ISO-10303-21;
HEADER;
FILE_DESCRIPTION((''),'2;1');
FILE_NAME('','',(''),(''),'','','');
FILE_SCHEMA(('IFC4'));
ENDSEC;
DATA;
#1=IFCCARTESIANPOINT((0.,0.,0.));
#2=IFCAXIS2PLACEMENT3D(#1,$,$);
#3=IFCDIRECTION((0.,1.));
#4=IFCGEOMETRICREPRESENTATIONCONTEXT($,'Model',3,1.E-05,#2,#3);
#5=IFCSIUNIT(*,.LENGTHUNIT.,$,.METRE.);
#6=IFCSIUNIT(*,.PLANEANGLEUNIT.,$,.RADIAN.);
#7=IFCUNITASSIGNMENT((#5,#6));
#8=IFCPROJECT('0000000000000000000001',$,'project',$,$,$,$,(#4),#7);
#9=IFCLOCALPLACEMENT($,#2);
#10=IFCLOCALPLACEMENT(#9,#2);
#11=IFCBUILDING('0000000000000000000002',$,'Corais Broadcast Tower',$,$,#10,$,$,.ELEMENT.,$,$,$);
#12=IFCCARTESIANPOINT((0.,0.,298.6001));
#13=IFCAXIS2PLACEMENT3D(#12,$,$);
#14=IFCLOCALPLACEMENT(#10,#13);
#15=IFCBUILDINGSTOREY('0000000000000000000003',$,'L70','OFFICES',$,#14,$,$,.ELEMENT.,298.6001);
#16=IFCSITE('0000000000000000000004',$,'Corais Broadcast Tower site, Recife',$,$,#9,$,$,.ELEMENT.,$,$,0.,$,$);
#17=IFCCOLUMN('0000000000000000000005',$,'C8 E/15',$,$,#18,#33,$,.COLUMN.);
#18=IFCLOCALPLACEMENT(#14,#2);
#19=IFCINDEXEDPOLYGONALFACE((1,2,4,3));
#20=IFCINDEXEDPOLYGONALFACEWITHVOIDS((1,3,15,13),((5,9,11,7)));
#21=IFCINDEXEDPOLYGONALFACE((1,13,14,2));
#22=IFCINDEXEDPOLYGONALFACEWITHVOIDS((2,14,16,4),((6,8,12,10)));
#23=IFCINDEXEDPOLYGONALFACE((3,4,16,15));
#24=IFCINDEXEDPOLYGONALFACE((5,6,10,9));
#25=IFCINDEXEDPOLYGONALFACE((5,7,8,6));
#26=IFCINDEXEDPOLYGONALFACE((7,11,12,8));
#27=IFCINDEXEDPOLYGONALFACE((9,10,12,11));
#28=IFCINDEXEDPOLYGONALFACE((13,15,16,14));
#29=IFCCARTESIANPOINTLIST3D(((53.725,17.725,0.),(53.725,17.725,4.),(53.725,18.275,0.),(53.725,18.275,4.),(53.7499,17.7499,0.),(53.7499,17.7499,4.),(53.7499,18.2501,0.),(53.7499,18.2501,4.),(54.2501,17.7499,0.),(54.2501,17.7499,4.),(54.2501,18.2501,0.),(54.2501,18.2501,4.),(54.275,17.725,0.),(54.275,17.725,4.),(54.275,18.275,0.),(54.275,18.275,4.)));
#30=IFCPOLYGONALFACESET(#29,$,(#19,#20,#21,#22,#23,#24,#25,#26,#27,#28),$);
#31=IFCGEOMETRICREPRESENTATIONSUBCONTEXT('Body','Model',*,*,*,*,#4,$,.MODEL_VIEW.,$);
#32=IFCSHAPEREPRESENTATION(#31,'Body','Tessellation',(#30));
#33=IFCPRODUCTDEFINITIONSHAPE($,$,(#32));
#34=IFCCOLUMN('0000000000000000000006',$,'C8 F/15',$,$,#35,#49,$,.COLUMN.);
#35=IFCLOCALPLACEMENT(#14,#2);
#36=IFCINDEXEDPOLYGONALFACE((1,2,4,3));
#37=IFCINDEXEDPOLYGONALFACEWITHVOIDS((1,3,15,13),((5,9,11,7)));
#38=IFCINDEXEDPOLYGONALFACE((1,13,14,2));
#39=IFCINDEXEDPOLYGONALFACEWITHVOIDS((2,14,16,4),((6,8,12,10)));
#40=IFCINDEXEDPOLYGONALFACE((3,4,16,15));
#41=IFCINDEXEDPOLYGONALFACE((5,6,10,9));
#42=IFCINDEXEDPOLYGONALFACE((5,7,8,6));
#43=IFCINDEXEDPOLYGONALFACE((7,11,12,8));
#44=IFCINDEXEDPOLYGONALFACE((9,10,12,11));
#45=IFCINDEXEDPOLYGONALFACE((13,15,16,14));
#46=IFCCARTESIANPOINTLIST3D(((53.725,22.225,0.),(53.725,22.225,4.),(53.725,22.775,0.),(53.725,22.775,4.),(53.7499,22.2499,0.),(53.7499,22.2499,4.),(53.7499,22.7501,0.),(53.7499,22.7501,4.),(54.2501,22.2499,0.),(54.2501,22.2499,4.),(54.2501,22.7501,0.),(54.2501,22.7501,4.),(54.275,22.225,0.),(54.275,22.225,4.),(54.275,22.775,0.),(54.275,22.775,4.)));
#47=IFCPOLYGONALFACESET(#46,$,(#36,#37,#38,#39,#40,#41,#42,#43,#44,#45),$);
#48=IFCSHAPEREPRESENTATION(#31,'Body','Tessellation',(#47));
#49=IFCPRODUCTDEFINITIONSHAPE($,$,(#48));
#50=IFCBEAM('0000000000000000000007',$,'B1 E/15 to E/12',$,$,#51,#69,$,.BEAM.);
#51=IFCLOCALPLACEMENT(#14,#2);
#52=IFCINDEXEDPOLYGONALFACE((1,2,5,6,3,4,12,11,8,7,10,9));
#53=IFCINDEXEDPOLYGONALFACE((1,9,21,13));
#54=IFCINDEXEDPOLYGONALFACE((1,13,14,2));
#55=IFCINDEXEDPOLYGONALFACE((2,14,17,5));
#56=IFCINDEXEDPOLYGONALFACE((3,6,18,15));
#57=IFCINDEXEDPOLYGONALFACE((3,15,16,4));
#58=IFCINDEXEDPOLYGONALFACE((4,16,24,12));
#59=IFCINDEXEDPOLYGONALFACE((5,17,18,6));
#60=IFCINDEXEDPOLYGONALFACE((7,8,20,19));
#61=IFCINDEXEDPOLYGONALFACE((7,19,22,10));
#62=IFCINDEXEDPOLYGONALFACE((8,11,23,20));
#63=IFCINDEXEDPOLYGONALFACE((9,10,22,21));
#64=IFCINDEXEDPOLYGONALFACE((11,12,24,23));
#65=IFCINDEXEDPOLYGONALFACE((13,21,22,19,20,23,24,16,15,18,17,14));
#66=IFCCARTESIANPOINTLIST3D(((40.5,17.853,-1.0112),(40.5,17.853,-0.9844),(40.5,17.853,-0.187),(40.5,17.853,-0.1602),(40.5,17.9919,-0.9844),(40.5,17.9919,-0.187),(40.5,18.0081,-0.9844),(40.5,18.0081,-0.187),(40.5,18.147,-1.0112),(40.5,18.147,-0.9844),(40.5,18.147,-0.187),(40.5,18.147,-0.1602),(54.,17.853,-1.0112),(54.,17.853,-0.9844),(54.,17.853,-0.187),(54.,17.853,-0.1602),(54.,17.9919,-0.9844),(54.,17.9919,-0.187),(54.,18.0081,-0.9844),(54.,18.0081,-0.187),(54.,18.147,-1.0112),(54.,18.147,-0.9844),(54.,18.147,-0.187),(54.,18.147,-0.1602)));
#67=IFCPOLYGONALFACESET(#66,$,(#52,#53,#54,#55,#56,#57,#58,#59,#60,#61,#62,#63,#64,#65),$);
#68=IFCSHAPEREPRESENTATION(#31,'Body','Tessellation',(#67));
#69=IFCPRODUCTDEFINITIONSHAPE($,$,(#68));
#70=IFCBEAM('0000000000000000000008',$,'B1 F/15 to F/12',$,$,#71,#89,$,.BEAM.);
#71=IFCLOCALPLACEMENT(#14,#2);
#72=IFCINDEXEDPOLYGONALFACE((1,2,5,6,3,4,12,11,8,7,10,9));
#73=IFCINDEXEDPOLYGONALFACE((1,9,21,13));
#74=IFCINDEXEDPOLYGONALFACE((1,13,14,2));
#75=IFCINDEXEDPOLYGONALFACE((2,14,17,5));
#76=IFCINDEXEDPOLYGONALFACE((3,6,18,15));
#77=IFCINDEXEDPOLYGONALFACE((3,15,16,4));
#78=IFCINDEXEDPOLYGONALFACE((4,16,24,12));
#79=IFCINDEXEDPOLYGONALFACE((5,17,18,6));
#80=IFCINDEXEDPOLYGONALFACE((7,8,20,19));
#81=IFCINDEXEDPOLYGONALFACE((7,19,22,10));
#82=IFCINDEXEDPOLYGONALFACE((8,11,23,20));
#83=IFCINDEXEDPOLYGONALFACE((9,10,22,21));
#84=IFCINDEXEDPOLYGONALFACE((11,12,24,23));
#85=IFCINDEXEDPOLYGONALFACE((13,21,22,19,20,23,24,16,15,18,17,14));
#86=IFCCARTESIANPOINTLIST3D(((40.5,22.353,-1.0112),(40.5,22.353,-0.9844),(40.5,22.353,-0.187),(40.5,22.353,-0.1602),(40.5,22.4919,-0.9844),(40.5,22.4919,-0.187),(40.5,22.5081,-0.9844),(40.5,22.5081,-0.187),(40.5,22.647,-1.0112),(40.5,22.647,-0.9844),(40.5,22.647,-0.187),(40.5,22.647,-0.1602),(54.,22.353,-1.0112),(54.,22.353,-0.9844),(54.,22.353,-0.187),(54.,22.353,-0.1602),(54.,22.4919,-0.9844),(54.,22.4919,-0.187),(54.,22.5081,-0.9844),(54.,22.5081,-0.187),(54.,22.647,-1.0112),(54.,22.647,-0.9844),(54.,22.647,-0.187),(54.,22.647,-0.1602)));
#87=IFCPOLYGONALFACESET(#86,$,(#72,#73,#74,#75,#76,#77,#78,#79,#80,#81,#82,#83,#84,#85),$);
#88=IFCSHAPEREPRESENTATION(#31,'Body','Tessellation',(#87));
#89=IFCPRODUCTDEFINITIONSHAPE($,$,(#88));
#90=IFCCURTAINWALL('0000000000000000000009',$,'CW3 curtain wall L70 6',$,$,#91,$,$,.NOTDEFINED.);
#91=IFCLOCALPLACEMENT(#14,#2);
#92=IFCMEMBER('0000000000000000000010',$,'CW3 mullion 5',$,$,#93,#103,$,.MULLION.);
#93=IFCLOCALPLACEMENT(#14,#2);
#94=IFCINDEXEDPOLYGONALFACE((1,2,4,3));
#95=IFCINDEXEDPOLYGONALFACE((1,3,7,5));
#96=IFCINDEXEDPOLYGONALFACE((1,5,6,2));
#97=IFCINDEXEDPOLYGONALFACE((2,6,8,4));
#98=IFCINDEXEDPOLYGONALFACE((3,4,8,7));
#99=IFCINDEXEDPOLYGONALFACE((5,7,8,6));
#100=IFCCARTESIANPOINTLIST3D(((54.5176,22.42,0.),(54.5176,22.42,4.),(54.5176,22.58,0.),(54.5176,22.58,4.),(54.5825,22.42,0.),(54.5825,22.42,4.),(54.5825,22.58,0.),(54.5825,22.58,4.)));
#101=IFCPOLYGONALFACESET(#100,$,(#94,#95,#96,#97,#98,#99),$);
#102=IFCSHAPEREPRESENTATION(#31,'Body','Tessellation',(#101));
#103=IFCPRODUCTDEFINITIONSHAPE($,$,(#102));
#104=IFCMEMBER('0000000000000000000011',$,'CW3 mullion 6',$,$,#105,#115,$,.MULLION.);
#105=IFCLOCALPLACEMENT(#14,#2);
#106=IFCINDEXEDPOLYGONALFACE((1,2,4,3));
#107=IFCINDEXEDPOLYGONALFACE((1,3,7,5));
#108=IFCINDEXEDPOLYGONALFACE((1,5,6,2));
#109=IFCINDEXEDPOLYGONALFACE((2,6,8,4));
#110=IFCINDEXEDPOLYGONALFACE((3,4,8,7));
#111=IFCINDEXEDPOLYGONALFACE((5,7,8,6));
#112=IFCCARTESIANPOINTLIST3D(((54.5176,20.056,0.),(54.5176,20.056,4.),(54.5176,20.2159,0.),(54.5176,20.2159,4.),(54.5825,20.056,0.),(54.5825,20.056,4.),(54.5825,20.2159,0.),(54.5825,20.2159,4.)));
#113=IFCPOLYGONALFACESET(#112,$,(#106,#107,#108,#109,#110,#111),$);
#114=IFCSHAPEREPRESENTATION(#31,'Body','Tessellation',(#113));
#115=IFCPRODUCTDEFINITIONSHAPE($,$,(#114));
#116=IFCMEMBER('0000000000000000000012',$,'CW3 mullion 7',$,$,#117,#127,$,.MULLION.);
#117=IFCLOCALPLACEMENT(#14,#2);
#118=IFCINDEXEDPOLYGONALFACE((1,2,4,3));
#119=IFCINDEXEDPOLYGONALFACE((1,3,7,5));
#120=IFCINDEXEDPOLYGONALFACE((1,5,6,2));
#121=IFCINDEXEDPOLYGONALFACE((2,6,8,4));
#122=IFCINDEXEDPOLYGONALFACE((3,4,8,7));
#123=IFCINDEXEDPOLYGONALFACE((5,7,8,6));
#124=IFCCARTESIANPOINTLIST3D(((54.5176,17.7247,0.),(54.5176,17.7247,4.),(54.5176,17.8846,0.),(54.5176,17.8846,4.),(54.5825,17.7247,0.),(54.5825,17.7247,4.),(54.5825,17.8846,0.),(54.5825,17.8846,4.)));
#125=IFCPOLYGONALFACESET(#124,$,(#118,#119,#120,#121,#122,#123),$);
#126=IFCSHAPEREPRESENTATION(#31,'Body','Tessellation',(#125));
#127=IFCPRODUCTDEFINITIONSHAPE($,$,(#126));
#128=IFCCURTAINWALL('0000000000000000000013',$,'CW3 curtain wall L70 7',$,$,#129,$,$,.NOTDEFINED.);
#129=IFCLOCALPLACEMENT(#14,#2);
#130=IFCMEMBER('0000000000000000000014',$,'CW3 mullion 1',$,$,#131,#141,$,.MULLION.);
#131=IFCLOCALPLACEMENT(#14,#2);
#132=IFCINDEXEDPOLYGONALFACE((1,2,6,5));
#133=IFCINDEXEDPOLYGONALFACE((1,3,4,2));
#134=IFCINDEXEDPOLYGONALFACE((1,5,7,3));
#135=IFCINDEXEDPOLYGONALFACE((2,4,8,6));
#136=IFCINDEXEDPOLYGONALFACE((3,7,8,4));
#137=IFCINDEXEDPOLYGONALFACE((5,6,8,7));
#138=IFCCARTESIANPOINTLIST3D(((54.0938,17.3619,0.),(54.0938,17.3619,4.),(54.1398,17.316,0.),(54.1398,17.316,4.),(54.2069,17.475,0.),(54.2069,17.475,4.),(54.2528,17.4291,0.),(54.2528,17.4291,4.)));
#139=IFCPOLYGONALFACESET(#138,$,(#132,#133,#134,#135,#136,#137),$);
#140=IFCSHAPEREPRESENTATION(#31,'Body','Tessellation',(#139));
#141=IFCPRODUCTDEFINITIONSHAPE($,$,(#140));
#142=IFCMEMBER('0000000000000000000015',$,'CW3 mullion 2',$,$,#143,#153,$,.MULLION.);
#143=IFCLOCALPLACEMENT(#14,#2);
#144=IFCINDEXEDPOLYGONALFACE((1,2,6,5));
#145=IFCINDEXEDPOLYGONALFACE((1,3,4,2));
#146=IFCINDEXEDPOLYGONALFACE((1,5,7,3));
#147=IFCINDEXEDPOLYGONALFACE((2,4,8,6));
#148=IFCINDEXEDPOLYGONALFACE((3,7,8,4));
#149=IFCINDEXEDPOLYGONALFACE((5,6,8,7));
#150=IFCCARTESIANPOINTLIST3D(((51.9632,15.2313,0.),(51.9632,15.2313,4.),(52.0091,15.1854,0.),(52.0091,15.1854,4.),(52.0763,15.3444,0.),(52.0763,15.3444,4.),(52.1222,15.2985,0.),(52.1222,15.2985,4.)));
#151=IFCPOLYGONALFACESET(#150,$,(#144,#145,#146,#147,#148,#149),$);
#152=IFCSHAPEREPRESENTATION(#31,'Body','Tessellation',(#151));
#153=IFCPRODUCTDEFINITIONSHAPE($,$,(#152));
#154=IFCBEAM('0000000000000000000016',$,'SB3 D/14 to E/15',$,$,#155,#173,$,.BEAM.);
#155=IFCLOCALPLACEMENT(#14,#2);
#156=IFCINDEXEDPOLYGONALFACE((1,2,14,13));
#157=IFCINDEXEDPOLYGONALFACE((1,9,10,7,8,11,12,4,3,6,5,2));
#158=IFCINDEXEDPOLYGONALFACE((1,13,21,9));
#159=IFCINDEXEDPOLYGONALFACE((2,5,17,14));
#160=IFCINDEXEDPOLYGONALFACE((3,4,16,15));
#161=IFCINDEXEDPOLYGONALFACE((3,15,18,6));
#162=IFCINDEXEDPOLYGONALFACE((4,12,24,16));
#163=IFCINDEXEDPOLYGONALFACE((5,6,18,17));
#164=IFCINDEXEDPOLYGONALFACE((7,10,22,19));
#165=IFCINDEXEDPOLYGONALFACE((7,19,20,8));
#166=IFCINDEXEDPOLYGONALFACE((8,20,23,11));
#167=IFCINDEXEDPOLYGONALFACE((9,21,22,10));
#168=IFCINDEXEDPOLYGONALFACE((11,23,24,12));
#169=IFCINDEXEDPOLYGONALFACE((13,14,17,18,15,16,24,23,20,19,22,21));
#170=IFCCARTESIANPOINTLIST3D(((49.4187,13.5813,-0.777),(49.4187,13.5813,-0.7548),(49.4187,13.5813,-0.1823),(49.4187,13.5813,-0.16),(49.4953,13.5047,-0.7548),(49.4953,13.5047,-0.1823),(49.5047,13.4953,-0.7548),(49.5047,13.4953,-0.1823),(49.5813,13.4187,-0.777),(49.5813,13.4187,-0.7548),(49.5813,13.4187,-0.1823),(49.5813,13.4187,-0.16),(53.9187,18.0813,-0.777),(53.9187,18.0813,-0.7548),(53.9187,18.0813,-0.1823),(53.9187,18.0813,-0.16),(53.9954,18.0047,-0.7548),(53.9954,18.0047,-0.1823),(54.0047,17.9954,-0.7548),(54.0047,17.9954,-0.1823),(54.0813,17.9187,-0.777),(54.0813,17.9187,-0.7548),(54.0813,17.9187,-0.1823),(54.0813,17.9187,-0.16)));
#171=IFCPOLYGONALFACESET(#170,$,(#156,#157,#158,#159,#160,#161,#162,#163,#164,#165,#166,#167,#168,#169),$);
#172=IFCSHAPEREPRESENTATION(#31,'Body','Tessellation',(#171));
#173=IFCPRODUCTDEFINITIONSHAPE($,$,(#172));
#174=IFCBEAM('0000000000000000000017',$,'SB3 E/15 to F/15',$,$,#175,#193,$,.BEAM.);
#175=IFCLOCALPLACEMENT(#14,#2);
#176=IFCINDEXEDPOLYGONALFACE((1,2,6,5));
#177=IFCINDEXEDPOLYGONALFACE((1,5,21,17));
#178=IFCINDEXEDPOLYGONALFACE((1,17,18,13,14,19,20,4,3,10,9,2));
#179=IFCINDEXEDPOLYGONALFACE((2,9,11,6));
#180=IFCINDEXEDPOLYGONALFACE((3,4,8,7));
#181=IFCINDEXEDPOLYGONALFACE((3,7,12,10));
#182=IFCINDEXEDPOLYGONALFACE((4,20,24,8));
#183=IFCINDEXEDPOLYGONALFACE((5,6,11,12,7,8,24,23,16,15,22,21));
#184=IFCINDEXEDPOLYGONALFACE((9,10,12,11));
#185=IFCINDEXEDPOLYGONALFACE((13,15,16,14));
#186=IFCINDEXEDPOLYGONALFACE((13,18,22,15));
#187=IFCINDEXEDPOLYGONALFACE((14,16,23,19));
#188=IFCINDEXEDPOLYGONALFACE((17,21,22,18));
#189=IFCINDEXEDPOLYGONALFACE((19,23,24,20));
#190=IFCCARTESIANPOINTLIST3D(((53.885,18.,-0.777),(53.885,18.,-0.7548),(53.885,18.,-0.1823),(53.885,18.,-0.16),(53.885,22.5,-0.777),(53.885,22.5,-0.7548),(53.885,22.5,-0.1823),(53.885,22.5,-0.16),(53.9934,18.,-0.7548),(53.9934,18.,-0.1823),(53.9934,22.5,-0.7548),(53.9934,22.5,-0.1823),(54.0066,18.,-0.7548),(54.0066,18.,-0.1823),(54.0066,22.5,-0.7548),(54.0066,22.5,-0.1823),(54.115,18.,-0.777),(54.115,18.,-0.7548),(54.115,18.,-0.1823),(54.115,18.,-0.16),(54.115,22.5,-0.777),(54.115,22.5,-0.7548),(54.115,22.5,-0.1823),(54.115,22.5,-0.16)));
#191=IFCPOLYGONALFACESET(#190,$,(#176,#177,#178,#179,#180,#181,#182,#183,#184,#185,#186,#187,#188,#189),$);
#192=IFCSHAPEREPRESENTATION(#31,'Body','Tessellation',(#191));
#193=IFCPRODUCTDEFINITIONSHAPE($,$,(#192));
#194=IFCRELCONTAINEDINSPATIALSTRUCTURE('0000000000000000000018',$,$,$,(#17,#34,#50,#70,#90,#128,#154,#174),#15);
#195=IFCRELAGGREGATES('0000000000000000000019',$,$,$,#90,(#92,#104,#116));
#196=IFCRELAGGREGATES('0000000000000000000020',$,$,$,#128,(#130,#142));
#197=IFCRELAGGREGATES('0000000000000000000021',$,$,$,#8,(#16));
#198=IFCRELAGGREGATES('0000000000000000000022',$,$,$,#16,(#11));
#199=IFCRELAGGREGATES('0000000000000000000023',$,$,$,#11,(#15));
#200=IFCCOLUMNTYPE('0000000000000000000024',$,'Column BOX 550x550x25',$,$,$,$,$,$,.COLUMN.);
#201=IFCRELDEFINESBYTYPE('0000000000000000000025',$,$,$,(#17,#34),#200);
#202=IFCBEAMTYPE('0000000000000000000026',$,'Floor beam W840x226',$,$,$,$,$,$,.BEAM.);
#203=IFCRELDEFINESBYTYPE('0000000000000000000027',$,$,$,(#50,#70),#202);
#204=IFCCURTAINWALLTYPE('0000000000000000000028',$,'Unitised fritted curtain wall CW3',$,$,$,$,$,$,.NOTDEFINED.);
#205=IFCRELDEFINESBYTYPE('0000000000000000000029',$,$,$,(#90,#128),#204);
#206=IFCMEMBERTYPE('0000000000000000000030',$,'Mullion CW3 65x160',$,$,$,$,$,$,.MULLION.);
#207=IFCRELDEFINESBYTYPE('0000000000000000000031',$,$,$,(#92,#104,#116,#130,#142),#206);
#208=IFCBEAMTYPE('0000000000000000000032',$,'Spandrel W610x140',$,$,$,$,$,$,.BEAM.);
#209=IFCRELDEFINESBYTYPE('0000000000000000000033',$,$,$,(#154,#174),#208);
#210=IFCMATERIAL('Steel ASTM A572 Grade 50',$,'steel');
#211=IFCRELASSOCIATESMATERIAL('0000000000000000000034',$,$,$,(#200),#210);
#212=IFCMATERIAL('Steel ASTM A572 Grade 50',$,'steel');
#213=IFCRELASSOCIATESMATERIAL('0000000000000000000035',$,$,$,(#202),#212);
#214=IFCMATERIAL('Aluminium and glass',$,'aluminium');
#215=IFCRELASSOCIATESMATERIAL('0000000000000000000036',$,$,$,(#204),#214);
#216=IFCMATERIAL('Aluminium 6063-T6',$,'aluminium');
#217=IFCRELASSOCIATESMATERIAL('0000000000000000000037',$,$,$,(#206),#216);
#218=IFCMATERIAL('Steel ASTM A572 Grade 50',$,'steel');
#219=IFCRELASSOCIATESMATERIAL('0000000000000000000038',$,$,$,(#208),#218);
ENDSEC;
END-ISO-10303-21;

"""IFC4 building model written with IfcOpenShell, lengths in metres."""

from ifc_helpers import new_model, si_unit, direction, frame, origin, origin_2d, place, context, subcontext, project, spatial, rectangle, hollow_rectangle, i_section, extrude, material, material_profile, profile_set, type_object, element, aggregate, save


model = new_model("IFC4")

# Units and contexts
model_context = context("Model", 3, precision=1e-05, world=origin(), true_north=direction((0.0, 1.0)))
body_context = subcontext(model_context, "Body", "Model", "MODEL_VIEW")
ifc_project = project(units=[si_unit("LENGTHUNIT", "METRE"), si_unit("PLANEANGLEUNIT", "RADIAN")], contexts=[model_context])

# Site, building, storey
site_placement = place(None, origin())
site = spatial("IfcSite", under=ifc_project, at=site_placement, Name="Corais Broadcast Tower site, Recife", CompositionType="ELEMENT", RefElevation=0.0)
building_placement = place(site_placement, origin())
building = spatial("IfcBuilding", under=site, at=building_placement, Name="Corais Broadcast Tower", CompositionType="ELEMENT")
storey_placement = place(building_placement, frame((0.0, 0.0, 298.6001)))
storey = spatial("IfcBuildingStorey", under=building, at=storey_placement, Name="L70", Description="OFFICES", CompositionType="ELEMENT", Elevation=298.6001)

# Columns
ifc_material_1 = material(Name="Steel ASTM A572 Grade 50", Category="steel")
ifc_material_profile_1 = material_profile(ifc_material_1, hollow_rectangle(XDim=0.55, YDim=0.55, WallThickness=0.0249, at=origin_2d()), Name="BOX 550x550x25")
ifc_profile_set_1 = profile_set([ifc_material_profile_1], Name="Steel ASTM A572 Grade 50")
column_type = type_object("IfcColumnType", Name="Column BOX 550x550x25", PredefinedType="COLUMN", material=ifc_profile_set_1)
for number, where, z_axis, x_axis, name in (
    (1, (54.0, 18.0, 0.0), (0.0, 0.0, 1.0), (1.0, 0.0, 0.0), "C8 E/15"),
    (2, (54.0, 22.5, 0.0), (0.0, 0.0, 1.0), (1.0, 0.0, 0.0), "C8 F/15"),
):
    element("IfcColumn", number, at=place(storey_placement, frame(where, z_axis=z_axis, x_axis=x_axis)), inside=storey, type_object=column_type, Name=name, PredefinedType="COLUMN", context=body_context, shape_type="SweptSolid", body=[
        extrude(hollow_rectangle(XDim=0.55, YDim=0.55, WallThickness=0.0249, at=origin_2d()), origin(), (0.0, 0.0, 1.0), 4.0),
    ])

# Beams
ifc_material_2 = material(Name="Steel ASTM A572 Grade 50", Category="steel")
ifc_material_profile_2 = material_profile(ifc_material_2, i_section(OverallWidth=0.2939, OverallDepth=0.8511, WebThickness=0.0161, FlangeThickness=0.0269, at=origin_2d()), Name="W840x226")
ifc_profile_set_2 = profile_set([ifc_material_profile_2], Name="Steel ASTM A572 Grade 50")
beam_type_1 = type_object("IfcBeamType", Name="Floor beam W840x226", PredefinedType="BEAM", material=ifc_profile_set_2)
for number, where, z_axis, x_axis, name in (
    (3, (54.0, 18.0, -0.5857), (-1.0, 0.0, 0.0), (0.0, -1.0, 0.0), "B1 E/15 to E/12"),
    (4, (54.0, 22.5, -0.5857), (-1.0, 0.0, 0.0), (0.0, -1.0, 0.0), "B1 F/15 to F/12"),
):
    element("IfcBeam", number, at=place(storey_placement, frame(where, z_axis=z_axis, x_axis=x_axis)), inside=storey, type_object=beam_type_1, Name=name, PredefinedType="BEAM", context=body_context, shape_type="SweptSolid", body=[
        extrude(i_section(OverallWidth=0.2939, OverallDepth=0.8511, WebThickness=0.0161, FlangeThickness=0.0269, at=origin_2d()), origin(), (0.0, 0.0, 1.0), 13.5),
    ])

# Curtain walls, members
ifc_material_3 = material(Name="Aluminium and glass", Category="aluminium")
curtain_wall_type = type_object("IfcCurtainWallType", Name="Unitised fritted curtain wall CW3", PredefinedType="NOTDEFINED", material=ifc_material_3)
curtain_wall_1_placement = place(storey_placement, origin())
curtain_wall_1 = element("IfcCurtainWall", 5, at=curtain_wall_1_placement, inside=storey, type_object=curtain_wall_type, Name="CW3 curtain wall L70 6", PredefinedType="NOTDEFINED")
ifc_material_4 = material(Name="Aluminium 6063-T6", Category="aluminium")
ifc_material_profile_3 = material_profile(ifc_material_4, rectangle(XDim=0.0649, YDim=0.1599, at=origin_2d()), Name="Mullion CW3 65x160")
ifc_profile_set_3 = profile_set([ifc_material_profile_3], Name="Aluminium 6063-T6")
member_type_1 = type_object("IfcMemberType", Name="Mullion CW3 65x160", PredefinedType="MULLION", material=ifc_profile_set_3)
member_1_placement = place(storey_placement, frame((54.55, 22.5, 0.0), z_axis=(0.0, 0.0, 1.0), x_axis=(1.0, 0.0, 0.0)))
member_1 = element("IfcMember", 6, at=member_1_placement, type_object=member_type_1, Name="CW3 mullion 5", PredefinedType="MULLION", context=body_context, shape_type="SweptSolid", body=[
    extrude(rectangle(XDim=0.0649, YDim=0.1599, at=origin_2d()), origin(), (0.0, 0.0, 1.0), 4.0),
])
member_2_placement = place(storey_placement, frame((54.55, 20.136, 0.0), z_axis=(0.0, 0.0, 1.0), x_axis=(1.0, 0.0, 0.0)))
member_2 = element("IfcMember", 7, at=member_2_placement, type_object=member_type_1, Name="CW3 mullion 6", PredefinedType="MULLION", context=body_context, shape_type="SweptSolid", body=[
    extrude(rectangle(XDim=0.0649, YDim=0.1599, at=origin_2d()), origin(), (0.0, 0.0, 1.0), 4.0),
])
member_3_placement = place(storey_placement, frame((54.55, 17.8047, 0.0), z_axis=(0.0, 0.0, 1.0), x_axis=(1.0, 0.0, 0.0)))
member_3 = element("IfcMember", 8, at=member_3_placement, type_object=member_type_1, Name="CW3 mullion 7", PredefinedType="MULLION", context=body_context, shape_type="SweptSolid", body=[
    extrude(rectangle(XDim=0.0649, YDim=0.1599, at=origin_2d()), origin(), (0.0, 0.0, 1.0), 4.0),
])
curtain_wall_2_placement = place(storey_placement, origin())
curtain_wall_2 = element("IfcCurtainWall", 9, at=curtain_wall_2_placement, inside=storey, type_object=curtain_wall_type, Name="CW3 curtain wall L70 7", PredefinedType="NOTDEFINED")
member_4_placement = place(storey_placement, frame((54.1733, 17.3955, 0.0), z_axis=(0.0, 0.0, 1.0), x_axis=(0.707107, -0.707107, 0.0)))
member_4 = element("IfcMember", 10, at=member_4_placement, type_object=member_type_1, Name="CW3 mullion 1", PredefinedType="MULLION", context=body_context, shape_type="SweptSolid", body=[
    extrude(rectangle(XDim=0.0649, YDim=0.1599, at=origin_2d()), origin(), (0.0, 0.0, 1.0), 4.0),
])
member_5_placement = place(storey_placement, frame((52.0427, 15.2649, 0.0), z_axis=(0.0, 0.0, 1.0), x_axis=(0.707107, -0.707107, 0.0)))
member_5 = element("IfcMember", 11, at=member_5_placement, type_object=member_type_1, Name="CW3 mullion 2", PredefinedType="MULLION", context=body_context, shape_type="SweptSolid", body=[
    extrude(rectangle(XDim=0.0649, YDim=0.1599, at=origin_2d()), origin(), (0.0, 0.0, 1.0), 4.0),
])

# Beams
ifc_material_5 = material(Name="Steel ASTM A572 Grade 50", Category="steel")
ifc_material_profile_4 = material_profile(ifc_material_5, i_section(OverallWidth=0.23, OverallDepth=0.6169, WebThickness=0.0132, FlangeThickness=0.0222, at=origin_2d()), Name="W610x140")
ifc_profile_set_4 = profile_set([ifc_material_profile_4], Name="Steel ASTM A572 Grade 50")
beam_type_2 = type_object("IfcBeamType", Name="Spandrel W610x140", PredefinedType="BEAM", material=ifc_profile_set_4)
beam_placement = place(storey_placement, frame((49.5, 13.5, -0.4685), z_axis=(0.707107, 0.707107, 0.0), x_axis=(-0.707107, 0.707107, 0.0)))
element("IfcBeam", 12, at=beam_placement, inside=storey, type_object=beam_type_2, Name="SB3 D/14 to E/15", PredefinedType="BEAM", context=body_context, shape_type="SweptSolid", body=[
    extrude(i_section(OverallWidth=0.23, OverallDepth=0.6169, WebThickness=0.0132, FlangeThickness=0.0222, at=origin_2d()), origin(), (0.0, 0.0, 1.0), 6.364),
])
for number, where, z_axis, x_axis, name in (
    (13, (54.0, 18.0, -0.4685), (0.0, 1.0, 0.0), (-1.0, 0.0, 0.0), "SB3 E/15 to F/15"),
):
    element("IfcBeam", number, at=place(storey_placement, frame(where, z_axis=z_axis, x_axis=x_axis)), inside=storey, type_object=beam_type_2, Name=name, PredefinedType="BEAM", context=body_context, shape_type="SweptSolid", body=[
        extrude(i_section(OverallWidth=0.23, OverallDepth=0.6169, WebThickness=0.0132, FlangeThickness=0.0222, at=origin_2d()), origin(), (0.0, 0.0, 1.0), 4.5),
    ])

aggregate(curtain_wall_1, [member_1, member_2, member_3])
aggregate(curtain_wall_2, [member_4, member_5])

save(model, "model.ifc")
